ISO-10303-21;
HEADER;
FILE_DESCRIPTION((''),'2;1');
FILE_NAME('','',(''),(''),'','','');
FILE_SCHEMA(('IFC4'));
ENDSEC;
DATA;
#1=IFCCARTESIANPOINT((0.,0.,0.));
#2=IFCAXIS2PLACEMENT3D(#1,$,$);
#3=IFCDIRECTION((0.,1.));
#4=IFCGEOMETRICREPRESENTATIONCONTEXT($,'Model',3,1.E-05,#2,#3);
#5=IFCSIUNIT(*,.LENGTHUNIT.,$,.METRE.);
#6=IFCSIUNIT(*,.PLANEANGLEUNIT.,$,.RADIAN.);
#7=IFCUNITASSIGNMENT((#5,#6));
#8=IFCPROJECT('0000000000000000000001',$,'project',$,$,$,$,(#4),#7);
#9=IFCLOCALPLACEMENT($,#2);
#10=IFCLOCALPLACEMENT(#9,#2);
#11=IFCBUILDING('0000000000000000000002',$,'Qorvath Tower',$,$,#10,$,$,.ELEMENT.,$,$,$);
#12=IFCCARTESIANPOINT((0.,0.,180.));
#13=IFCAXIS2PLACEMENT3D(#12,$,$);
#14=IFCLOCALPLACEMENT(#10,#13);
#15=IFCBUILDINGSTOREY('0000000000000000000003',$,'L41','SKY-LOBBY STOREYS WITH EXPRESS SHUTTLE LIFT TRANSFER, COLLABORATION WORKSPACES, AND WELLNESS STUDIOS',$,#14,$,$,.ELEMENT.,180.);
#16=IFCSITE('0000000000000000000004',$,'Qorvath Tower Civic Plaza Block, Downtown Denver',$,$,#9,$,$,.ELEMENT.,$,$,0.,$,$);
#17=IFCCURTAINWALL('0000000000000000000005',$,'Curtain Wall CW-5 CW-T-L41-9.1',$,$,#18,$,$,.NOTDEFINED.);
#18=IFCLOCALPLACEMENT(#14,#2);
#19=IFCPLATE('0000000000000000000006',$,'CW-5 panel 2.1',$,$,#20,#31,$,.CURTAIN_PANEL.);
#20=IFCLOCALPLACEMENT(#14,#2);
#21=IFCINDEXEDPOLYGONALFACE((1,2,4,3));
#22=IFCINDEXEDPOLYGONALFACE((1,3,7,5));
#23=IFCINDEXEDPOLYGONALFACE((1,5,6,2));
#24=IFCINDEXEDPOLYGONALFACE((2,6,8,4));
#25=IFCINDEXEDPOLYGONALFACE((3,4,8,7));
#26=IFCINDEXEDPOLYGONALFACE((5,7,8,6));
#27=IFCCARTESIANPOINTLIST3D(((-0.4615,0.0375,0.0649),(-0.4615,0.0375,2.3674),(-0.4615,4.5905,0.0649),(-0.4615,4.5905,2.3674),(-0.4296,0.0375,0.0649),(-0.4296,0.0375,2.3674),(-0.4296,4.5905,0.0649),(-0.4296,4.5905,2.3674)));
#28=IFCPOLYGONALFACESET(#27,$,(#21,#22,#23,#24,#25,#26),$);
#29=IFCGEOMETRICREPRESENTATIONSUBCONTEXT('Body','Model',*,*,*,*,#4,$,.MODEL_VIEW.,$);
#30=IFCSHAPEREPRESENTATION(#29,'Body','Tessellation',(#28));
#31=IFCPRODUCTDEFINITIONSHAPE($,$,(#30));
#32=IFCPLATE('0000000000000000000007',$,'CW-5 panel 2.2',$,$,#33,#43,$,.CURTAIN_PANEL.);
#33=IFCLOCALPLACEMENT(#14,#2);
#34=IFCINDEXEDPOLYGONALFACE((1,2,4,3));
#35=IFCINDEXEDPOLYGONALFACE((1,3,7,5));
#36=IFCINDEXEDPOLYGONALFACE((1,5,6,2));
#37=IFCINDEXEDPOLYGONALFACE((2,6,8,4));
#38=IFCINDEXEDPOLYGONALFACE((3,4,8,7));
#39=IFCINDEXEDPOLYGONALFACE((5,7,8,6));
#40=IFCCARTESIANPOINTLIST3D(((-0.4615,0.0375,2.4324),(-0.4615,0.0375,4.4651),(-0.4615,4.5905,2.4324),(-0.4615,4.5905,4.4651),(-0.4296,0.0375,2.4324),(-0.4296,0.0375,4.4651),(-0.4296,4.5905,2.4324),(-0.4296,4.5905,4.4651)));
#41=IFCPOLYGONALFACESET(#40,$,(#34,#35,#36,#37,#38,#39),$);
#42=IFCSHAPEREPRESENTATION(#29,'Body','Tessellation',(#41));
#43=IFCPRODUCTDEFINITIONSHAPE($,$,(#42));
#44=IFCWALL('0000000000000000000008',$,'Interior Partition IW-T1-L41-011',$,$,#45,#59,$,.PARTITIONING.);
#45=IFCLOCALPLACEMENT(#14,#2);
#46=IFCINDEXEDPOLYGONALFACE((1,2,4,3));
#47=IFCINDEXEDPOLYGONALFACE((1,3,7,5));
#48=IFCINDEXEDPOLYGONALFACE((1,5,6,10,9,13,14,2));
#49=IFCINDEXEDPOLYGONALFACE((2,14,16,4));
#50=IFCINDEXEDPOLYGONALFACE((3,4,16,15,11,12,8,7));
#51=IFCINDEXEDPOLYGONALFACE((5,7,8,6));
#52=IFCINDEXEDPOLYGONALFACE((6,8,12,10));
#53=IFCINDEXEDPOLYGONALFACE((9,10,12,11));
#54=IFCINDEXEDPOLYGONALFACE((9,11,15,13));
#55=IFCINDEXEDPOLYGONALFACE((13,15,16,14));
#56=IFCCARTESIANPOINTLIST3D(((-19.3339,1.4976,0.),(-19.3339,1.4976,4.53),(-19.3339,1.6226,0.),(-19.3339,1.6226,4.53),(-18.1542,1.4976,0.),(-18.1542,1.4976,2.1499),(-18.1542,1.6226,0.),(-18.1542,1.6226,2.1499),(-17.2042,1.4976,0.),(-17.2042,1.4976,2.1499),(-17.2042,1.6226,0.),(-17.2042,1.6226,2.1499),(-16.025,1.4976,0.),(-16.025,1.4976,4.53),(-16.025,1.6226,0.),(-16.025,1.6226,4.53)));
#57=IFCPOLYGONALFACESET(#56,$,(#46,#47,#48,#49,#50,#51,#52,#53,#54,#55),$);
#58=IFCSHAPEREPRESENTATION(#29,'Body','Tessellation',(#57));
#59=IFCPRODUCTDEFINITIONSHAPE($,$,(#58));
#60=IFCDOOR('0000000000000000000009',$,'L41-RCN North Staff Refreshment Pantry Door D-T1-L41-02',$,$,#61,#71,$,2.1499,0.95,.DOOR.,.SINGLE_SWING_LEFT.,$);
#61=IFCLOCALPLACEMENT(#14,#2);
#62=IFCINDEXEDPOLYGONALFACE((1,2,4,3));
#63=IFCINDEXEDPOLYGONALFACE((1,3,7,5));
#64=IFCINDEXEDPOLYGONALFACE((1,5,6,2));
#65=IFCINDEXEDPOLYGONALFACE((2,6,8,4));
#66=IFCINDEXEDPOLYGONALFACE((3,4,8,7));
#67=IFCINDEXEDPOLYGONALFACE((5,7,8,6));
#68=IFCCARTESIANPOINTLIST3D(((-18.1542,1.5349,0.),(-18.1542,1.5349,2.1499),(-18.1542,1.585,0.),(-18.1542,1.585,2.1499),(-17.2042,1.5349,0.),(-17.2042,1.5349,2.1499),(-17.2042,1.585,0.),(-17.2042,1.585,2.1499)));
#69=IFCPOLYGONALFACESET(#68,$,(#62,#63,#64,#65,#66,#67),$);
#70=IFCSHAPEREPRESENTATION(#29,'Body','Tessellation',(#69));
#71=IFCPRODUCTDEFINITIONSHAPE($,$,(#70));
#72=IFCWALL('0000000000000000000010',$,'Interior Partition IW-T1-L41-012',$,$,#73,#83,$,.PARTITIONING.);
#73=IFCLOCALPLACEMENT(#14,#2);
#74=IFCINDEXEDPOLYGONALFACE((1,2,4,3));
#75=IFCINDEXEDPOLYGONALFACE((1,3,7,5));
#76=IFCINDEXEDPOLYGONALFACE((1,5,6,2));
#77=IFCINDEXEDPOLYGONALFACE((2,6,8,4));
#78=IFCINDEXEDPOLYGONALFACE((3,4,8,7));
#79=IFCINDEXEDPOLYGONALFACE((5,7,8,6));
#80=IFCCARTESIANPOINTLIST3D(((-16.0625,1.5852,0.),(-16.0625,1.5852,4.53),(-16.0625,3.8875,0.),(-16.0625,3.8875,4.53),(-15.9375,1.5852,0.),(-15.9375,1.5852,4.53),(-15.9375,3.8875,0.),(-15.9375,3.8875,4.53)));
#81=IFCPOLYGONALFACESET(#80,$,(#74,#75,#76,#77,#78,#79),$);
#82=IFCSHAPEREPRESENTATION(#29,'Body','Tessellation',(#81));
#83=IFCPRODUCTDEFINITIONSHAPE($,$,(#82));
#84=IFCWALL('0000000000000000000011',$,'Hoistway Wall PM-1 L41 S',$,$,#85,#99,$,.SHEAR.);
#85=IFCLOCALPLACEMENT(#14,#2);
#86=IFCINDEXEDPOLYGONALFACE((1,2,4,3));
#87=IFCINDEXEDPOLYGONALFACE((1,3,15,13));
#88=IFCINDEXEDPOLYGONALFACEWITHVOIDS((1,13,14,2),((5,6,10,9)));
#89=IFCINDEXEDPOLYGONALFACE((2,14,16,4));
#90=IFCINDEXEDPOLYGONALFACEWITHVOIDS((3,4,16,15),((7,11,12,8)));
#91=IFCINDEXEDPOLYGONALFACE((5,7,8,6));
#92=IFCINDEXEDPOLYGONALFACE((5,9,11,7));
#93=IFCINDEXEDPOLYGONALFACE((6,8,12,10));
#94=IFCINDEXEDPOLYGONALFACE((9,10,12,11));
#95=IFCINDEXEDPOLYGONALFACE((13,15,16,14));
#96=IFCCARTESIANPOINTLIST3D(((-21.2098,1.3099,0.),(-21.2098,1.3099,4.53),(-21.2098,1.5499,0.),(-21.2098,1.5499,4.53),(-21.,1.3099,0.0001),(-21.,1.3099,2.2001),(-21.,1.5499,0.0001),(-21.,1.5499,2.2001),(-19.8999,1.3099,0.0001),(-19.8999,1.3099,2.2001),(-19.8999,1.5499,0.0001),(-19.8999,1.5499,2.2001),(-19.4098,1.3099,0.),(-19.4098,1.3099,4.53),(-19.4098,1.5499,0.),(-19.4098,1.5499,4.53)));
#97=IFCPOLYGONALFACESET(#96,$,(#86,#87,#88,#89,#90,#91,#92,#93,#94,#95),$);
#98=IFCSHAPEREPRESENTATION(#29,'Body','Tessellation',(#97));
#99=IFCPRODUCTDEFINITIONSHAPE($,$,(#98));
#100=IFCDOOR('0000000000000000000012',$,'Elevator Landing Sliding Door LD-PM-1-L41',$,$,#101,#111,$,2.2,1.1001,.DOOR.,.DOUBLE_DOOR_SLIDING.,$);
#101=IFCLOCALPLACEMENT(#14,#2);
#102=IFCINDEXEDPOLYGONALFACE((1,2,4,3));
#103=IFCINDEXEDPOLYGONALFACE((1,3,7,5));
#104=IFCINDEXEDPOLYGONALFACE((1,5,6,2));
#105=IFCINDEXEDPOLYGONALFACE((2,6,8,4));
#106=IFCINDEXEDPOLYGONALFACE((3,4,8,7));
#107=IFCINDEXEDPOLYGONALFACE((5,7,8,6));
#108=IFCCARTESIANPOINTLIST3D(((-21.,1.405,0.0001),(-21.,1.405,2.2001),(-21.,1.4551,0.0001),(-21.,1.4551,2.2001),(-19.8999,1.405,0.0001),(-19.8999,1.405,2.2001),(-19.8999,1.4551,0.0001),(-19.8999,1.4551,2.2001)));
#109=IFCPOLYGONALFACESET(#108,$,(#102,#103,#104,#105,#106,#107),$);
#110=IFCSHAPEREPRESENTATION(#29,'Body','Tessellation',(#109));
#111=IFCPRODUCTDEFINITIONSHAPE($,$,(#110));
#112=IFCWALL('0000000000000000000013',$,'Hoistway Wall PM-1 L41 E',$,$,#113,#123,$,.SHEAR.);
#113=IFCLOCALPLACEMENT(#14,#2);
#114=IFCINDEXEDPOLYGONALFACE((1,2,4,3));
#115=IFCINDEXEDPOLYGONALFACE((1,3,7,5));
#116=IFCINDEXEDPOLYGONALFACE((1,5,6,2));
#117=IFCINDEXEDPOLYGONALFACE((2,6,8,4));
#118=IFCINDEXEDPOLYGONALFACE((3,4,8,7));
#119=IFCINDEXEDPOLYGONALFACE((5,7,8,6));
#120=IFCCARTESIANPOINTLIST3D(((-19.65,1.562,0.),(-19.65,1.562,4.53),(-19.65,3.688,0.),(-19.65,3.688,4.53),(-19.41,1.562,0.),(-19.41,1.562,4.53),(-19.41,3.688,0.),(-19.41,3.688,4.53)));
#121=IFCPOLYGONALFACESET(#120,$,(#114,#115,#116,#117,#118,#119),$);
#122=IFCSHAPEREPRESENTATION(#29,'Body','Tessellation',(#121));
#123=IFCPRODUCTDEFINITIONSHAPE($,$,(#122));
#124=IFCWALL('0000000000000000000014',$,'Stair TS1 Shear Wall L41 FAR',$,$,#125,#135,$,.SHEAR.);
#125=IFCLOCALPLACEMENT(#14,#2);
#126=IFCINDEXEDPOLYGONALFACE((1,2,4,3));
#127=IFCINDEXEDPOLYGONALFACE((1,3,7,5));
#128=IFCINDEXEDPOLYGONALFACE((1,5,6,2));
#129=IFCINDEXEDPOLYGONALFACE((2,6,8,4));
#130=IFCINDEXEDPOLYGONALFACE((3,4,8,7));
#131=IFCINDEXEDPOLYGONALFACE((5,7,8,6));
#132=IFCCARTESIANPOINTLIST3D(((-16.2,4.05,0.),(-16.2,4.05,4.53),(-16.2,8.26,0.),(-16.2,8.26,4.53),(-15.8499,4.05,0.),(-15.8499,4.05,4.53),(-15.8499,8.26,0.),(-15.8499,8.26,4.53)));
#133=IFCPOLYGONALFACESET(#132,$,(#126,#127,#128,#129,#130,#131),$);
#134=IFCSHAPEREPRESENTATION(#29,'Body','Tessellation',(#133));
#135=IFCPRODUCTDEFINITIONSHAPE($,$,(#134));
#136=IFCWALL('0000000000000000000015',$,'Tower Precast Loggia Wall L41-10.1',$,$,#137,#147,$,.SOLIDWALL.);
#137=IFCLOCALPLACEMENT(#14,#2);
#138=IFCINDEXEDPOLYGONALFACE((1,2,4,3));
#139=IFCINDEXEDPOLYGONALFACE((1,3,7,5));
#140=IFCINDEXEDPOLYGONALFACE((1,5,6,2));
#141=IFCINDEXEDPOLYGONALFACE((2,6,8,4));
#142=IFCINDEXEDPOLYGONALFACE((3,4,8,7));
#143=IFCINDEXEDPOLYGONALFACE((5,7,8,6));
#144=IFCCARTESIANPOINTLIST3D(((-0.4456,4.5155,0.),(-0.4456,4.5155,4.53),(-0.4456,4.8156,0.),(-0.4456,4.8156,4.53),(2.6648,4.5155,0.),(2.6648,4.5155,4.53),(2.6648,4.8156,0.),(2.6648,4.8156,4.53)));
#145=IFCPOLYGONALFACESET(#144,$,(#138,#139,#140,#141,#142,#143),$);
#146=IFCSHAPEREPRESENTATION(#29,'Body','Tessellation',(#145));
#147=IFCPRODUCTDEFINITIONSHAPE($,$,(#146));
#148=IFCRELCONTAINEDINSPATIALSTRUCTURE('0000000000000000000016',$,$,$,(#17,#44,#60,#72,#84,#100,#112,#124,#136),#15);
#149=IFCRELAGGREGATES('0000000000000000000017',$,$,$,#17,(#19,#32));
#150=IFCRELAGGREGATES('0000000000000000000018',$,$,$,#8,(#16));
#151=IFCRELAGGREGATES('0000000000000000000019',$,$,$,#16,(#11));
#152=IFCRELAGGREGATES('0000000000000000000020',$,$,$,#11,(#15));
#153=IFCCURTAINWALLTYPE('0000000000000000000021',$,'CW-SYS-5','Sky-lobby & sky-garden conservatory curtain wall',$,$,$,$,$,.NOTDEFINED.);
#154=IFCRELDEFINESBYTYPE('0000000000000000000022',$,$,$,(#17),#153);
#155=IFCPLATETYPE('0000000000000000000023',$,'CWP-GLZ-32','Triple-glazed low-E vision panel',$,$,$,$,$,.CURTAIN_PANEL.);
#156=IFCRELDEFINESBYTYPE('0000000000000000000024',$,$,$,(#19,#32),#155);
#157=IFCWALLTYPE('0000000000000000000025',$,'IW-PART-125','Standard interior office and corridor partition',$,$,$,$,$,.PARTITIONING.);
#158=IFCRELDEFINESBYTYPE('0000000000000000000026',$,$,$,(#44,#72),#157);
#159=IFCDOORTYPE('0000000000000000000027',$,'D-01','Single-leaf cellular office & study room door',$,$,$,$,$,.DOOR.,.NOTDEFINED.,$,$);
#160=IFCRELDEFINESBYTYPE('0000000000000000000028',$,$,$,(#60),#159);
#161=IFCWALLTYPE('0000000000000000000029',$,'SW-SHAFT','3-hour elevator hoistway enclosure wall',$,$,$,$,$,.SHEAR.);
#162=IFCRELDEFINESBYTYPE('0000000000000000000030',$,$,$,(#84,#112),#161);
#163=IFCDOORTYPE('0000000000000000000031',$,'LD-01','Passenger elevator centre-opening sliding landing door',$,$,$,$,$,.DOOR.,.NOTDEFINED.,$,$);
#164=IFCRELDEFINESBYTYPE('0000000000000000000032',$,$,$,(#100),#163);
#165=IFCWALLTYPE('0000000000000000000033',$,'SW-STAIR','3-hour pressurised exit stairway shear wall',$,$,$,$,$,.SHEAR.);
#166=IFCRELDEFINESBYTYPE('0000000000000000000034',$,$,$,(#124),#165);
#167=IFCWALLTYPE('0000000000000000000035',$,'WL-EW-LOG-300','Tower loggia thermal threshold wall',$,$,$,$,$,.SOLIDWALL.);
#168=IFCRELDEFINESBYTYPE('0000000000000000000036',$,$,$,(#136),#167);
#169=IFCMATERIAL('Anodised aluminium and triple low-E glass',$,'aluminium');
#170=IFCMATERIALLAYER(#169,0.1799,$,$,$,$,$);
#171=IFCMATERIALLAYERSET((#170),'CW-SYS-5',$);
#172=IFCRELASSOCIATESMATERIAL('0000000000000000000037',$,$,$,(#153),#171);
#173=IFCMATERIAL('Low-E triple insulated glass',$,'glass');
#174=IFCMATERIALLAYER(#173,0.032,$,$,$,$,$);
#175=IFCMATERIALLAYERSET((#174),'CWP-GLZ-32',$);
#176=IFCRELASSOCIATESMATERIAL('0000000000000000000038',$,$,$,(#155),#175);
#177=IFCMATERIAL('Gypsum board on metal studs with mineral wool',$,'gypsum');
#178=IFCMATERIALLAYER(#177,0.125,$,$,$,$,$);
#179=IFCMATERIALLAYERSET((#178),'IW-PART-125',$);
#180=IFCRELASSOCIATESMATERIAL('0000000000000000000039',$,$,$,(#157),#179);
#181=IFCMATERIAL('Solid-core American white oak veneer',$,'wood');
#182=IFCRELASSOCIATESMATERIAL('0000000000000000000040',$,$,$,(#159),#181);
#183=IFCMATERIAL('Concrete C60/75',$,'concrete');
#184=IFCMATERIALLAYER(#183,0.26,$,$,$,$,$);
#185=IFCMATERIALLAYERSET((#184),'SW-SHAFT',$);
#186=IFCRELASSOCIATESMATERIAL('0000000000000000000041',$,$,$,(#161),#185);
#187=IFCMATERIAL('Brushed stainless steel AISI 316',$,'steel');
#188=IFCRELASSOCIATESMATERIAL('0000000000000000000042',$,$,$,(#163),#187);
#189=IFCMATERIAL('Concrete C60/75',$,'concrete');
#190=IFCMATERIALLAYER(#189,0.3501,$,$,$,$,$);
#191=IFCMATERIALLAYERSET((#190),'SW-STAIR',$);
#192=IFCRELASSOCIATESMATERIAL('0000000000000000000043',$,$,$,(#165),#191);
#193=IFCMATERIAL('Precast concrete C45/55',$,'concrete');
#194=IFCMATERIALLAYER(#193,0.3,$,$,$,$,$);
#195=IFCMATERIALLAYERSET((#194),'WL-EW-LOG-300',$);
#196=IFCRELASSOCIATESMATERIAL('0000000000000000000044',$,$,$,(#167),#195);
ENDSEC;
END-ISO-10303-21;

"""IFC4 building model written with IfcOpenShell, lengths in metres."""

from ifc_helpers import new_model, si_unit, direction, frame, frame_2d, origin, origin_2d, place, context, subcontext, project, spatial, rectangle, extrude, material, layer, layer_set, type_object, element, fill, aggregate, save


model = new_model("IFC4")

# Units and contexts
model_context = context("Model", 3, precision=1e-05, world=origin(), true_north=direction((0.0, 1.0)))
body_context = subcontext(model_context, "Body", "Model", "MODEL_VIEW")
ifc_project = project(units=[si_unit("LENGTHUNIT", "METRE"), si_unit("PLANEANGLEUNIT", "RADIAN")], contexts=[model_context])

# Site, building, storey
site_placement = place(None, origin())
site = spatial("IfcSite", under=ifc_project, at=site_placement, Name="Qorvath Tower Civic Plaza Block, Downtown Denver", CompositionType="ELEMENT", RefElevation=0.0)
building_placement = place(site_placement, origin())
building = spatial("IfcBuilding", under=site, at=building_placement, Name="Qorvath Tower", CompositionType="ELEMENT")
storey_placement = place(building_placement, frame((0.0, 0.0, 180.0)))
storey = spatial("IfcBuildingStorey", under=building, at=storey_placement, Name="L41", Description="SKY-LOBBY STOREYS WITH EXPRESS SHUTTLE LIFT TRANSFER, COLLABORATION WORKSPACES, AND WELLNESS STUDIOS", CompositionType="ELEMENT", Elevation=180.0)

# Curtain wall
ifc_material_1 = material(Name="Anodised aluminium and triple low-E glass", Category="aluminium")
ifc_layer_1 = layer(ifc_material_1, 0.1799)
ifc_layer_set_1 = layer_set([ifc_layer_1], Name="CW-SYS-5")
curtain_wall_type = type_object("IfcCurtainWallType", Name="CW-SYS-5", Description="Sky-lobby & sky-garden conservatory curtain wall", PredefinedType="NOTDEFINED", material=ifc_layer_set_1)
curtain_wall_placement = place(storey_placement, origin())
curtain_wall = element("IfcCurtainWall", 1, at=curtain_wall_placement, inside=storey, type_object=curtain_wall_type, Name="Curtain Wall CW-5 CW-T-L41-9.1", PredefinedType="NOTDEFINED")

# Plates
ifc_material_2 = material(Name="Low-E triple insulated glass", Category="glass")
ifc_layer_2 = layer(ifc_material_2, 0.032)
ifc_layer_set_2 = layer_set([ifc_layer_2], Name="CWP-GLZ-32")
plate_type = type_object("IfcPlateType", Name="CWP-GLZ-32", Description="Triple-glazed low-E vision panel", PredefinedType="CURTAIN_PANEL", material=ifc_layer_set_2)
plate_1_placement = place(storey_placement, frame((-0.4456, 2.314, 0.0649), z_axis=(0.0, 0.0, 1.0), x_axis=(0.0, 1.0, 0.0)))
plate_1 = element("IfcPlate", 2, at=plate_1_placement, type_object=plate_type, Name="CW-5 panel 2.1", PredefinedType="CURTAIN_PANEL", context=body_context, shape_type="SweptSolid", body=[
    extrude(rectangle(XDim=4.553, YDim=0.032, at=origin_2d()), origin(), (0.0, 0.0, 1.0), 2.3025),
])
plate_2_placement = place(storey_placement, frame((-0.4456, 2.314, 2.4324), z_axis=(0.0, 0.0, 1.0), x_axis=(0.0, 1.0, 0.0)))
plate_2 = element("IfcPlate", 3, at=plate_2_placement, type_object=plate_type, Name="CW-5 panel 2.2", PredefinedType="CURTAIN_PANEL", context=body_context, shape_type="SweptSolid", body=[
    extrude(rectangle(XDim=4.553, YDim=0.032, at=origin_2d()), origin(), (0.0, 0.0, 1.0), 2.0327),
])
aggregate(curtain_wall, [plate_1, plate_2])

# Wall, opening, door
ifc_material_3 = material(Name="Gypsum board on metal studs with mineral wool", Category="gypsum")
ifc_layer_3 = layer(ifc_material_3, 0.125)
ifc_layer_set_3 = layer_set([ifc_layer_3], Name="IW-PART-125")
wall_type_1 = type_object("IfcWallType", Name="IW-PART-125", Description="Standard interior office and corridor partition", PredefinedType="PARTITIONING", material=ifc_layer_set_3)
wall_1_placement = place(storey_placement, frame((-19.3337, 1.5601, 0.0), z_axis=(0.0, 0.0, 1.0), x_axis=(1.0, 0.0, 0.0)))
wall_1 = element("IfcWall", 4, at=wall_1_placement, inside=storey, type_object=wall_type_1, Name="Interior Partition IW-T1-L41-011", PredefinedType="PARTITIONING", context=body_context, shape_type="SweptSolid", body=[
    extrude(rectangle(XDim=3.3088, YDim=0.125, at=frame_2d((1.6543, 0.0))), origin(), (0.0, 0.0, 1.0), 4.53),
])
opening_1_placement = place(wall_1_placement, frame((1.1794, 0.0, 0.0)))
opening_1 = element("IfcOpeningElement", 5, at=opening_1_placement, cuts=wall_1, PredefinedType="OPENING", context=body_context, shape_type="SweptSolid", body=[
    extrude(rectangle(XDim=0.95, YDim=2.1499, at=frame_2d((0.4751, 1.075))), frame((0.0, 0.0725, 0.0), z_axis=(0.0, -1.0, 0.0), x_axis=(1.0, 0.0, 0.0)), (0.0, 0.0, 1.0), 0.145),
])
ifc_material_4 = material(Name="Solid-core American white oak veneer", Category="wood")
door_type_1 = type_object("IfcDoorType", Name="D-01", Description="Single-leaf cellular office & study room door", OperationType="NOTDEFINED", PredefinedType="DOOR", material=ifc_material_4)
door_1_placement = place(opening_1_placement, origin())
door_1 = element("IfcDoor", 6, at=door_1_placement, inside=storey, type_object=door_type_1, Name="L41-RCN North Staff Refreshment Pantry Door D-T1-L41-02", OperationType="SINGLE_SWING_LEFT", OverallHeight=2.1499, OverallWidth=0.95, PredefinedType="DOOR", context=body_context, shape_type="SweptSolid", body=[
    extrude(rectangle(XDim=0.95, YDim=2.1499, at=frame_2d((0.4751, 1.075))), frame((0.0, 0.0249, 0.0), z_axis=(0.0, -1.0, 0.0), x_axis=(1.0, 0.0, 0.0)), (0.0, 0.0, 1.0), 0.05),
])
fill(opening_1, door_1)

# Wall
wall_2_placement = place(storey_placement, frame((-16.0, 1.5852, 0.0), z_axis=(0.0, 0.0, 1.0), x_axis=(0.0, 1.0, 0.0)))
element("IfcWall", 7, at=wall_2_placement, inside=storey, type_object=wall_type_1, Name="Interior Partition IW-T1-L41-012", PredefinedType="PARTITIONING", context=body_context, shape_type="SweptSolid", body=[
    extrude(rectangle(XDim=2.3022, YDim=0.125, at=frame_2d((1.1511, 0.0))), origin(), (0.0, 0.0, 1.0), 4.53),
])

# Wall, opening, door
ifc_material_5 = material(Name="Concrete C60/75", Category="concrete")
ifc_layer_4 = layer(ifc_material_5, 0.26)
ifc_layer_set_4 = layer_set([ifc_layer_4], Name="SW-SHAFT")
wall_type_2 = type_object("IfcWallType", Name="SW-SHAFT", Description="3-hour elevator hoistway enclosure wall", PredefinedType="SHEAR", material=ifc_layer_set_4)
wall_3_placement = place(storey_placement, frame((-19.4099, 1.4299, 0.0), z_axis=(0.0, 0.0, 1.0), x_axis=(-1.0, 0.0, 0.0)))
wall_3 = element("IfcWall", 8, at=wall_3_placement, inside=storey, type_object=wall_type_2, Name="Hoistway Wall PM-1 L41 S", PredefinedType="SHEAR", context=body_context, shape_type="SweptSolid", body=[
    extrude(rectangle(XDim=1.8, YDim=0.24, at=frame_2d((0.8999, 0.0))), origin(), (0.0, 0.0, 1.0), 4.53),
])
opening_2_placement = place(wall_3_placement, frame((0.49, 0.0, 0.0)))
opening_2 = element("IfcOpeningElement", 9, at=opening_2_placement, cuts=wall_3, PredefinedType="OPENING", context=body_context, shape_type="SweptSolid", body=[
    extrude(rectangle(XDim=1.1001, YDim=2.2, at=frame_2d((0.55, 1.1001))), frame((0.0, 0.1299, 0.0), z_axis=(0.0, -1.0, 0.0), x_axis=(1.0, 0.0, 0.0)), (0.0, 0.0, 1.0), 0.26),
])
ifc_material_6 = material(Name="Brushed stainless steel AISI 316", Category="steel")
door_type_2 = type_object("IfcDoorType", Name="LD-01", Description="Passenger elevator centre-opening sliding landing door", OperationType="NOTDEFINED", PredefinedType="DOOR", material=ifc_material_6)
door_2_placement = place(opening_2_placement, origin())
door_2 = element("IfcDoor", 10, at=door_2_placement, inside=storey, type_object=door_type_2, Name="Elevator Landing Sliding Door LD-PM-1-L41", OperationType="DOUBLE_DOOR_SLIDING", OverallHeight=2.2, OverallWidth=1.1001, PredefinedType="DOOR", context=body_context, shape_type="SweptSolid", body=[
    extrude(rectangle(XDim=1.1001, YDim=2.2, at=frame_2d((0.55, 1.1001))), frame((0.0, 0.0249, 0.0), z_axis=(0.0, -1.0, 0.0), x_axis=(1.0, 0.0, 0.0)), (0.0, 0.0, 1.0), 0.05),
])
fill(opening_2, door_2)

# Walls
wall_4_placement = place(storey_placement, frame((-19.53, 3.688, 0.0), z_axis=(0.0, 0.0, 1.0), x_axis=(0.0, -1.0, 0.0)))
element("IfcWall", 11, at=wall_4_placement, inside=storey, type_object=wall_type_2, Name="Hoistway Wall PM-1 L41 E", PredefinedType="SHEAR", context=body_context, shape_type="SweptSolid", body=[
    extrude(rectangle(XDim=2.126, YDim=0.24, at=frame_2d((1.063, 0.0))), origin(), (0.0, 0.0, 1.0), 4.53),
])
ifc_material_7 = material(Name="Concrete C60/75", Category="concrete")
ifc_layer_5 = layer(ifc_material_7, 0.3501)
ifc_layer_set_5 = layer_set([ifc_layer_5], Name="SW-STAIR")
wall_type_3 = type_object("IfcWallType", Name="SW-STAIR", Description="3-hour pressurised exit stairway shear wall", PredefinedType="SHEAR", material=ifc_layer_set_5)
wall_5_placement = place(storey_placement, frame((-16.0249, 4.05, 0.0), z_axis=(0.0, 0.0, 1.0), x_axis=(0.0, 1.0, 0.0)))
element("IfcWall", 12, at=wall_5_placement, inside=storey, type_object=wall_type_3, Name="Stair TS1 Shear Wall L41 FAR", PredefinedType="SHEAR", context=body_context, shape_type="SweptSolid", body=[
    extrude(rectangle(XDim=4.21, YDim=0.3501, at=frame_2d((2.105, 0.0))), origin(), (0.0, 0.0, 1.0), 4.53),
])
ifc_material_8 = material(Name="Precast concrete C45/55", Category="concrete")
ifc_layer_6 = layer(ifc_material_8, 0.3)
ifc_layer_set_6 = layer_set([ifc_layer_6], Name="WL-EW-LOG-300")
wall_type_4 = type_object("IfcWallType", Name="WL-EW-LOG-300", Description="Tower loggia thermal threshold wall", PredefinedType="SOLIDWALL", material=ifc_layer_set_6)
wall_6_placement = place(storey_placement, frame((-0.4456, 4.6655, 0.0), z_axis=(0.0, 0.0, 1.0), x_axis=(1.0, 0.0, 0.0)))
element("IfcWall", 13, at=wall_6_placement, inside=storey, type_object=wall_type_4, Name="Tower Precast Loggia Wall L41-10.1", PredefinedType="SOLIDWALL", context=body_context, shape_type="SweptSolid", body=[
    extrude(rectangle(XDim=3.1104, YDim=0.3, at=frame_2d((1.5552, 0.0))), origin(), (0.0, 0.0, 1.0), 4.53),
])

save(model, "model.ifc")
